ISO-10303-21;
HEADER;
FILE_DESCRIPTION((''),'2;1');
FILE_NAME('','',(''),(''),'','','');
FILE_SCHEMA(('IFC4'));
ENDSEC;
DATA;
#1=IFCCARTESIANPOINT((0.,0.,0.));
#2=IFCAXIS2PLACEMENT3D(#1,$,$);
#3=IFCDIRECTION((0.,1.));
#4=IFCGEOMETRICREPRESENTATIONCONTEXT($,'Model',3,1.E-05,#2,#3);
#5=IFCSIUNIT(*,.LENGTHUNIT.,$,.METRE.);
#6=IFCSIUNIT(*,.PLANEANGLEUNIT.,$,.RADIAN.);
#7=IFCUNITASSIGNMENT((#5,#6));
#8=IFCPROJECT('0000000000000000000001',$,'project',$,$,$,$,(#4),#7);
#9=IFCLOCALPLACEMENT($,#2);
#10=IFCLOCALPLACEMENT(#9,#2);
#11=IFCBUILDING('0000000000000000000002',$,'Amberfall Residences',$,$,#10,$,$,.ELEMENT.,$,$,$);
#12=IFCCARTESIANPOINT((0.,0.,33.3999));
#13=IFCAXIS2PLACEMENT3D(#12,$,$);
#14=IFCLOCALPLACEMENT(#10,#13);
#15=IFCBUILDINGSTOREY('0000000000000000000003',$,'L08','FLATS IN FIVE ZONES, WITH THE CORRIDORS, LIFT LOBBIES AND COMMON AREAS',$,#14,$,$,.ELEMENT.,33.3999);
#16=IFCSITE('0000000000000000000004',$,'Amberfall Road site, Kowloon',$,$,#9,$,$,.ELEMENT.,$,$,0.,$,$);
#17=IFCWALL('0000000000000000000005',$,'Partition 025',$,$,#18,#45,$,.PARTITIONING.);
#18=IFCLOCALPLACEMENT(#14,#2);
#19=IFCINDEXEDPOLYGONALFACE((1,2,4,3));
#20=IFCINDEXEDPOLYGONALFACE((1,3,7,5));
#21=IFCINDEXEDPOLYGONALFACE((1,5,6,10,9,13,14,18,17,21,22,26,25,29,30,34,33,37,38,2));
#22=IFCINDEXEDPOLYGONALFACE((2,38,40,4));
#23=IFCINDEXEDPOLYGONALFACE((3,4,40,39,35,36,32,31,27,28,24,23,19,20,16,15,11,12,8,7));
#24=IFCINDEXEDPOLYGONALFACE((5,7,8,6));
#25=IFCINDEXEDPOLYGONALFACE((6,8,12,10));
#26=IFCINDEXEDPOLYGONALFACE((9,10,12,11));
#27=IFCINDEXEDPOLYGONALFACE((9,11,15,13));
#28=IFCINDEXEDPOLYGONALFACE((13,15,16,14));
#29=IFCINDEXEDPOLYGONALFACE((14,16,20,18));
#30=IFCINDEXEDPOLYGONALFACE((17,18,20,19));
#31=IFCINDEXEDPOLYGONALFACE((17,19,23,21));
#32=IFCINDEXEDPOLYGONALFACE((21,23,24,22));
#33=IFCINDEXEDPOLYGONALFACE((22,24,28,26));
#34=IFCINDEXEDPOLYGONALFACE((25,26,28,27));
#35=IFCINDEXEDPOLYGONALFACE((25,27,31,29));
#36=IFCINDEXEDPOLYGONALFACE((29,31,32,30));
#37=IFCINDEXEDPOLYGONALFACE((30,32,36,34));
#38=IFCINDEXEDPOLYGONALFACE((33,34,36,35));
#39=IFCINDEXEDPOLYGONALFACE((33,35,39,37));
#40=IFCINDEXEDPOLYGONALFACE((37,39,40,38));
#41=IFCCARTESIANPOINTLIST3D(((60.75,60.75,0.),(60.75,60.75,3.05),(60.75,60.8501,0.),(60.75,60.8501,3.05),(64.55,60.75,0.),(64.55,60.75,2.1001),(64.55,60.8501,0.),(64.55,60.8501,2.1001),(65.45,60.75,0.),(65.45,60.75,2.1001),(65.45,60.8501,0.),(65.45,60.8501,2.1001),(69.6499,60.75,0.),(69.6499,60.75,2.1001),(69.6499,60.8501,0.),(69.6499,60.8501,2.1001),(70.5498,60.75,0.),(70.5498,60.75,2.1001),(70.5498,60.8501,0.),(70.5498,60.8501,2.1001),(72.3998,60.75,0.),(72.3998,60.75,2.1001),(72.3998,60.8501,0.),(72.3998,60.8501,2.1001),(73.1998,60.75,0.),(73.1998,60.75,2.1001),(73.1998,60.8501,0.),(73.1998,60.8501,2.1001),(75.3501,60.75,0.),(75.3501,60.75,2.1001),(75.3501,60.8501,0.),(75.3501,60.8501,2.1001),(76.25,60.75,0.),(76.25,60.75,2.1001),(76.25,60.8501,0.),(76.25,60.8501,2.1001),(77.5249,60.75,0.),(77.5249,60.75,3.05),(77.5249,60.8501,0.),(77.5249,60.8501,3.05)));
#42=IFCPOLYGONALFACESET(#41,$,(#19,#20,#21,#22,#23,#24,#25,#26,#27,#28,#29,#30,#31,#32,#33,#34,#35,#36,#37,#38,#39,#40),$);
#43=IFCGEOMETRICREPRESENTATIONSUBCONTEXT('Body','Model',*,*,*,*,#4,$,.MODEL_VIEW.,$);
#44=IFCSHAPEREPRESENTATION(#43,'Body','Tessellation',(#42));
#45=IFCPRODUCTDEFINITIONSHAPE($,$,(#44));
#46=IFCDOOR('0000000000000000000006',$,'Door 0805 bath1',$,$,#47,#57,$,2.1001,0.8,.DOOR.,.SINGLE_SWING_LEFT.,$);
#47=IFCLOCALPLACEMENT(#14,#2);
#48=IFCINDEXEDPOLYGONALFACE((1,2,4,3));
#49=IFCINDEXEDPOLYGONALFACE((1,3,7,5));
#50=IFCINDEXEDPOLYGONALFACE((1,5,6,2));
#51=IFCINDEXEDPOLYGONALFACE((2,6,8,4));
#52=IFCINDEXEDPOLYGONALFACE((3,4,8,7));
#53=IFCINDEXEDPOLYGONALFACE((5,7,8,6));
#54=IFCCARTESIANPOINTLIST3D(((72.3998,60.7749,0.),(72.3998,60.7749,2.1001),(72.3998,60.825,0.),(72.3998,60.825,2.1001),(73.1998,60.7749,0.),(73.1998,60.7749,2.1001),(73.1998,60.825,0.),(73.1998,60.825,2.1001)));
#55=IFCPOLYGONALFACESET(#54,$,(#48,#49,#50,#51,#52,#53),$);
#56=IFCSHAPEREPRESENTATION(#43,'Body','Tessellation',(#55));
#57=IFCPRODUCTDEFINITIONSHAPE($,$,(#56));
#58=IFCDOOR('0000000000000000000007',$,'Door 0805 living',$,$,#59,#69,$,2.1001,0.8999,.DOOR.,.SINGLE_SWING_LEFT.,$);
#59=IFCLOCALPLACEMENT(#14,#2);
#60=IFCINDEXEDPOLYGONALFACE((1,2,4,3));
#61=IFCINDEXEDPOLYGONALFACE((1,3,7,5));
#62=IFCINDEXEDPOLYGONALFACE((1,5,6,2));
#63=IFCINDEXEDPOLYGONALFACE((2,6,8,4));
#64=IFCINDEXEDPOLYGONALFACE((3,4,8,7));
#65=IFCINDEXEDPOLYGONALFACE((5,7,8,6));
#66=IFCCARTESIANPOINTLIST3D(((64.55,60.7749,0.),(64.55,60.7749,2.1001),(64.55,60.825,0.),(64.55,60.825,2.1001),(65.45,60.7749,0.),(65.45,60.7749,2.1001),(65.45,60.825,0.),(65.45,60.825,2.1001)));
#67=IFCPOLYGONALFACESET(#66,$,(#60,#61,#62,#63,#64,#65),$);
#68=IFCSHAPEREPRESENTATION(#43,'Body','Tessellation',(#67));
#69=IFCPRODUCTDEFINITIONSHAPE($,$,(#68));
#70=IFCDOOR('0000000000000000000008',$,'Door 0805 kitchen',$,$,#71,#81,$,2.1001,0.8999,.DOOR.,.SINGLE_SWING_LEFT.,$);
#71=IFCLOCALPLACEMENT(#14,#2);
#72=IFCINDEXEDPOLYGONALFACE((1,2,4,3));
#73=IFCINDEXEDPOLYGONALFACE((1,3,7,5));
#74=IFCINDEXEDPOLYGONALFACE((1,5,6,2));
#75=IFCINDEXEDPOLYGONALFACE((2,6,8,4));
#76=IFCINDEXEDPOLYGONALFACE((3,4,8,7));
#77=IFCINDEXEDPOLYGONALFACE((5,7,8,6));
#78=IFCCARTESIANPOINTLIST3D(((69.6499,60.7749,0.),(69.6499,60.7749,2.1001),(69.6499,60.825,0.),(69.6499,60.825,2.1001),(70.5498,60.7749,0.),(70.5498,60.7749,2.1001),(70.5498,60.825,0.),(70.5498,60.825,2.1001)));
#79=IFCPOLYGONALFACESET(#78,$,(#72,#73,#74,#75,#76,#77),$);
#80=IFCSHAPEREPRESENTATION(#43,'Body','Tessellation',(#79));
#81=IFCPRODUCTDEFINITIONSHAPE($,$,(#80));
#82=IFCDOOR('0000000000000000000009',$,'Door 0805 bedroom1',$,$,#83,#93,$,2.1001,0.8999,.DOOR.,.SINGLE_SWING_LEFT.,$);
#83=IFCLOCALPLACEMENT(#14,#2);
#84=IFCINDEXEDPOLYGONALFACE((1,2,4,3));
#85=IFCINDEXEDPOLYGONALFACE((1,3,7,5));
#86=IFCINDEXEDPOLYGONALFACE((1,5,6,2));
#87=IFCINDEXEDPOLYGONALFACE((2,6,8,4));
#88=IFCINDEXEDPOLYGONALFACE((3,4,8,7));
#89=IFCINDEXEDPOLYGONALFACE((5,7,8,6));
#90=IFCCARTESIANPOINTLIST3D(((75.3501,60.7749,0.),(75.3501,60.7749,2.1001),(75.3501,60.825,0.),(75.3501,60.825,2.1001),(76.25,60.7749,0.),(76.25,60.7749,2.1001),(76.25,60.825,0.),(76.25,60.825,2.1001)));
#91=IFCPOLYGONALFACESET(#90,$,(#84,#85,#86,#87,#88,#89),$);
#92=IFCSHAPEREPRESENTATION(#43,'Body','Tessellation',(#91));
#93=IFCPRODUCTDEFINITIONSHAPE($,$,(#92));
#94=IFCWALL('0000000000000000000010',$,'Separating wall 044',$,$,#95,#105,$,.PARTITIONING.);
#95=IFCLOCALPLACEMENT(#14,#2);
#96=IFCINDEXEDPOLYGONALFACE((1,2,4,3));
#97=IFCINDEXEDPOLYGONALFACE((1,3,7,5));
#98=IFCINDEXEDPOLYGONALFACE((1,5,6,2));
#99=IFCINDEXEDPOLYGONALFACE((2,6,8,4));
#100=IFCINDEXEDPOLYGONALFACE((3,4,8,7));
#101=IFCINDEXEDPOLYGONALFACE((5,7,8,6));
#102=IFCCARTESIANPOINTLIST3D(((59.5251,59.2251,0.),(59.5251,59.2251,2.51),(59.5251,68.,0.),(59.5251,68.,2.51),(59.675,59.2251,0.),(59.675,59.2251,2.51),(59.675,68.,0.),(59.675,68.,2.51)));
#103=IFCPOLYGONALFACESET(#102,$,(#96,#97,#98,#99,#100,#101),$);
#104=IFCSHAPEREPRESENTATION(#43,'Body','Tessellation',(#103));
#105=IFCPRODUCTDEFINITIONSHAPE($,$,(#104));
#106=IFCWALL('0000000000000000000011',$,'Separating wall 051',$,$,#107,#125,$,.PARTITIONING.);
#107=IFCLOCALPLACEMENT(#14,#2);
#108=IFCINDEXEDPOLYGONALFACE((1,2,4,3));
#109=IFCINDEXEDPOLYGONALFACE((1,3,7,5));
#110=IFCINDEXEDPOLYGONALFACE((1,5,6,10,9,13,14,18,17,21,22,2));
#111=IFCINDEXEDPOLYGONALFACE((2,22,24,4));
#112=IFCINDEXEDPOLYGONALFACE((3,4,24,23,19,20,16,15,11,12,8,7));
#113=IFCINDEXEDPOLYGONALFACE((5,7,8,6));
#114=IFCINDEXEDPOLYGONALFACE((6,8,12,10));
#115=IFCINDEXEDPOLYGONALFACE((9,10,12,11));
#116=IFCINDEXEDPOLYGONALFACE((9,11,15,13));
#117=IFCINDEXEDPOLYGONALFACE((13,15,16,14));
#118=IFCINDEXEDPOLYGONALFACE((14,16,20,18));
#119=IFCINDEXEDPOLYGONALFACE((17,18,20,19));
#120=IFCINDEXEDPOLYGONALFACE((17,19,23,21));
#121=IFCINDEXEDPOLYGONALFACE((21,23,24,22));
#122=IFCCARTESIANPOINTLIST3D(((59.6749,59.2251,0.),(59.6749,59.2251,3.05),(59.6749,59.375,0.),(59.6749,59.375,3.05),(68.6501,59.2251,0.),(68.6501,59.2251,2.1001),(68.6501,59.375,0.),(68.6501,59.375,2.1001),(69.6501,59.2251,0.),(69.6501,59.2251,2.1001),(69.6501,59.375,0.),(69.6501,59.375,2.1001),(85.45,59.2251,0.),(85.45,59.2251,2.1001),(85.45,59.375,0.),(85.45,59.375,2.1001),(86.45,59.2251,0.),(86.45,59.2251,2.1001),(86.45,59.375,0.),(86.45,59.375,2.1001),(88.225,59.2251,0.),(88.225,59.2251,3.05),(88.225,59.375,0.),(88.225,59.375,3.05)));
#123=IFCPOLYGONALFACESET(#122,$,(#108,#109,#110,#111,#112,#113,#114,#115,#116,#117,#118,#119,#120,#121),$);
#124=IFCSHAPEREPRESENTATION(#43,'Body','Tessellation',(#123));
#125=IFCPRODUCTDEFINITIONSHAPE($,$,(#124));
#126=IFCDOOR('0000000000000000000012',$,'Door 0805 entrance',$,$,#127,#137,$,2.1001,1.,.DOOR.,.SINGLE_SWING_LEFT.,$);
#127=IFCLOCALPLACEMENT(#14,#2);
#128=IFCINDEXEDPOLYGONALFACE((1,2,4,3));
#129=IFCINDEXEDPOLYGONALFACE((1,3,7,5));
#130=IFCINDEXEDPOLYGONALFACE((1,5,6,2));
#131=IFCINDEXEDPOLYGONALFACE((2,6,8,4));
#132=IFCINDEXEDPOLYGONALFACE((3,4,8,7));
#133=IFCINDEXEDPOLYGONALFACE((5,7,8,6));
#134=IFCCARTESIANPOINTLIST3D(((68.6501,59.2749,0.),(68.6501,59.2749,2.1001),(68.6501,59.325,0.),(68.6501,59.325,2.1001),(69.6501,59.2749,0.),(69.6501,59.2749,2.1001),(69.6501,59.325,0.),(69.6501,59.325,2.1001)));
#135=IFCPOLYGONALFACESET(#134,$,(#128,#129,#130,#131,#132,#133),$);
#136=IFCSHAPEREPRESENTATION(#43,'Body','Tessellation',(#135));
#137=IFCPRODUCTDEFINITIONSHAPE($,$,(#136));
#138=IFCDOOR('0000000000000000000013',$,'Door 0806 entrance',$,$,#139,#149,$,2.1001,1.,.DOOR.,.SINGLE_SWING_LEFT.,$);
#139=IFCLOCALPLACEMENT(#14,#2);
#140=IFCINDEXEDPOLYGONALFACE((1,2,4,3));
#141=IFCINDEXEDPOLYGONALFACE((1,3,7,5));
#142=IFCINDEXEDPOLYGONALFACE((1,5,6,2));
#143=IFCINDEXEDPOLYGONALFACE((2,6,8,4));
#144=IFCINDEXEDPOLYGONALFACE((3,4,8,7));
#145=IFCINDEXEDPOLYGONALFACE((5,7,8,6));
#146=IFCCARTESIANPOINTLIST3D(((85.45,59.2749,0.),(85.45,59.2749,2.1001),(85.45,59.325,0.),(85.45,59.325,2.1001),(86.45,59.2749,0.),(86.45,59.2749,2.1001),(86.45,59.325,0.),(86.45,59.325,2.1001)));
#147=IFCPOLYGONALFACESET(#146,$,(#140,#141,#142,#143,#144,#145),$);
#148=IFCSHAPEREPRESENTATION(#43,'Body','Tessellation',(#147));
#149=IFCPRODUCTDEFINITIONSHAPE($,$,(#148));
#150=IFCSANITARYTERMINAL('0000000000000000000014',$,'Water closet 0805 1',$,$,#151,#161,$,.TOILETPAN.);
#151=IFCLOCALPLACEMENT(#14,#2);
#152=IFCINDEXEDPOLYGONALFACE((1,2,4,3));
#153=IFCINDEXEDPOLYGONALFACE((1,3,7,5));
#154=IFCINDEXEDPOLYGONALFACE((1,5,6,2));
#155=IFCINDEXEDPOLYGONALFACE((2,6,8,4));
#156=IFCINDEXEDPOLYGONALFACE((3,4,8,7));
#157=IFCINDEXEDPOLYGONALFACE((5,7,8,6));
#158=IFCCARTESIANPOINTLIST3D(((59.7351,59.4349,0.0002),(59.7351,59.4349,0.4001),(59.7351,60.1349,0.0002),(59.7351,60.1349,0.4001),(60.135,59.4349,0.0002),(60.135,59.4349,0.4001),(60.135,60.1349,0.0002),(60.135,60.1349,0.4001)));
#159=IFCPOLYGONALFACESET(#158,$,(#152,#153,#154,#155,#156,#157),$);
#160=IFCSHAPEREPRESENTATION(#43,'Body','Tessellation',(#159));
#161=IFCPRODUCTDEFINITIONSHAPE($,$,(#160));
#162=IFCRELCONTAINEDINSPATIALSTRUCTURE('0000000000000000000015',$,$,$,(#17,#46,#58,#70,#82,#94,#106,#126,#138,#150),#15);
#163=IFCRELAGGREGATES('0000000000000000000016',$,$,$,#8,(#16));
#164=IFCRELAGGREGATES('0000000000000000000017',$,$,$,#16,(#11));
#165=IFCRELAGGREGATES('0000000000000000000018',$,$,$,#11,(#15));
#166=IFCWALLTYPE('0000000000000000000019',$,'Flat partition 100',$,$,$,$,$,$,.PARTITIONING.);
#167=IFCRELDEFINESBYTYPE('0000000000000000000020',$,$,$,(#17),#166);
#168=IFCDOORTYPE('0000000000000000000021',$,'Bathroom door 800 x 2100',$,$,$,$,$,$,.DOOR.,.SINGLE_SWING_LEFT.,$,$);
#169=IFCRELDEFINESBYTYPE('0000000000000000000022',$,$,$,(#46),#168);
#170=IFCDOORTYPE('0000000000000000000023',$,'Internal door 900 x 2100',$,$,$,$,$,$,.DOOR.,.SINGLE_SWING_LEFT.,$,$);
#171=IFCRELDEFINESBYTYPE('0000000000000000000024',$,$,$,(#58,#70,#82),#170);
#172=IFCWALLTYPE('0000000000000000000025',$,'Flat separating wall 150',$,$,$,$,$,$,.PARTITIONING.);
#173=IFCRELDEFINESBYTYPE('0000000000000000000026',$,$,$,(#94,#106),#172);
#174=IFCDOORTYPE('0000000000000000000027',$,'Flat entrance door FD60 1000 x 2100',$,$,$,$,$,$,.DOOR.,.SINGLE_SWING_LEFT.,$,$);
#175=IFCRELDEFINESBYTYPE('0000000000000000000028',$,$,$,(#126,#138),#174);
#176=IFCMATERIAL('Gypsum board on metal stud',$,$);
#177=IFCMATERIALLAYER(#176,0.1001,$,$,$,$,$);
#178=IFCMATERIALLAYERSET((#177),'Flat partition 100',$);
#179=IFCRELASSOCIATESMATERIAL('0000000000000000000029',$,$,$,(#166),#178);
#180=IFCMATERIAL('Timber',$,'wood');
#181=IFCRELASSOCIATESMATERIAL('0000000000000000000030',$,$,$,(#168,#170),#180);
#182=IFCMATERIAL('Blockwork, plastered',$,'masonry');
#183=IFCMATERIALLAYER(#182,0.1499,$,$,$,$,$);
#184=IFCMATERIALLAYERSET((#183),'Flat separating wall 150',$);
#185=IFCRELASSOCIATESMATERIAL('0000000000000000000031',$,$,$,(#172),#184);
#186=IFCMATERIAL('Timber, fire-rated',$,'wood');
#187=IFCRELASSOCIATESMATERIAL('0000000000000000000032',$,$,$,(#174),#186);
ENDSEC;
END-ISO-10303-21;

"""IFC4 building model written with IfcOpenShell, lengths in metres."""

from ifc_helpers import new_model, si_unit, direction, frame, frame_2d, origin, origin_2d, place, context, subcontext, project, spatial, rectangle, extrude, material, layer, layer_set, type_object, element, fill, save


model = new_model("IFC4")

# Units and contexts
model_context = context("Model", 3, precision=1e-05, world=origin(), true_north=direction((0.0, 1.0)))
body_context = subcontext(model_context, "Body", "Model", "MODEL_VIEW")
ifc_project = project(units=[si_unit("LENGTHUNIT", "METRE"), si_unit("PLANEANGLEUNIT", "RADIAN")], contexts=[model_context])

# Site, building, storey
site_placement = place(None, origin())
site = spatial("IfcSite", under=ifc_project, at=site_placement, Name="Amberfall Road site, Kowloon", CompositionType="ELEMENT", RefElevation=0.0)
building_placement = place(site_placement, origin())
building = spatial("IfcBuilding", under=site, at=building_placement, Name="Amberfall Residences", CompositionType="ELEMENT")
storey_placement = place(building_placement, frame((0.0, 0.0, 33.3999)))
storey = spatial("IfcBuildingStorey", under=building, at=storey_placement, Name="L08", Description="FLATS IN FIVE ZONES, WITH THE CORRIDORS, LIFT LOBBIES AND COMMON AREAS", CompositionType="ELEMENT", Elevation=33.3999)

# Shared definitions
ifc_material_1 = material(Name="Gypsum board on metal stud")
ifc_layer_1 = layer(ifc_material_1, 0.1001)
ifc_layer_set_1 = layer_set([ifc_layer_1], Name="Flat partition 100")
wall_type_1 = type_object("IfcWallType", Name="Flat partition 100", PredefinedType="PARTITIONING", material=ifc_layer_set_1)
ifc_material_2 = material(Name="Timber", Category="wood")
door_type_1 = type_object("IfcDoorType", Name="Bathroom door 800 x 2100", OperationType="SINGLE_SWING_LEFT", PredefinedType="DOOR", material=ifc_material_2)

# Wall, openings, doors
wall_1_placement = place(storey_placement, frame((60.75, 60.8, 0.0), z_axis=(0.0, 0.0, 1.0), x_axis=(1.0, 0.0, 0.0)))
wall_1 = element("IfcWall", 1, at=wall_1_placement, inside=storey, type_object=wall_type_1, Name="Partition 025", PredefinedType="PARTITIONING", context=body_context, shape_type="SweptSolid", body=[
    extrude(rectangle(XDim=16.7749, YDim=0.1001, at=frame_2d((8.3875, 0.0))), origin(), (0.0, 0.0, 1.0), 3.05),
])
opening_1_placement = place(wall_1_placement, frame((3.8, 0.0, 0.0)))
opening_1 = element("IfcOpeningElement", 2, at=opening_1_placement, cuts=wall_1, PredefinedType="OPENING", context=body_context, shape_type="SweptSolid", body=[
    extrude(rectangle(XDim=0.8999, YDim=2.1001, at=frame_2d((0.45, 1.05))), frame((0.0, 0.0601, 0.0), z_axis=(0.0, -1.0, 0.0), x_axis=(1.0, 0.0, 0.0)), (0.0, 0.0, 1.0), 0.1201),
])
opening_2_placement = place(wall_1_placement, frame((8.8999, 0.0, 0.0)))
opening_2 = element("IfcOpeningElement", 3, at=opening_2_placement, cuts=wall_1, PredefinedType="OPENING", context=body_context, shape_type="SweptSolid", body=[
    extrude(rectangle(XDim=0.8999, YDim=2.1001, at=frame_2d((0.45, 1.05))), frame((0.0, 0.0601, 0.0), z_axis=(0.0, -1.0, 0.0), x_axis=(1.0, 0.0, 0.0)), (0.0, 0.0, 1.0), 0.1201),
])
opening_3_placement = place(wall_1_placement, frame((14.6001, 0.0, 0.0)))
opening_3 = element("IfcOpeningElement", 4, at=opening_3_placement, cuts=wall_1, PredefinedType="OPENING", context=body_context, shape_type="SweptSolid", body=[
    extrude(rectangle(XDim=0.8999, YDim=2.1001, at=frame_2d((0.45, 1.05))), frame((0.0, 0.0601, 0.0), z_axis=(0.0, -1.0, 0.0), x_axis=(1.0, 0.0, 0.0)), (0.0, 0.0, 1.0), 0.1201),
])
opening_4_placement = place(wall_1_placement, frame((11.6499, 0.0, 0.0)))
opening_4 = element("IfcOpeningElement", 5, at=opening_4_placement, cuts=wall_1, PredefinedType="OPENING", context=body_context, shape_type="SweptSolid", body=[
    extrude(rectangle(XDim=0.8, YDim=2.1001, at=frame_2d((0.3999, 1.05))), frame((0.0, 0.0601, 0.0), z_axis=(0.0, -1.0, 0.0), x_axis=(1.0, 0.0, 0.0)), (0.0, 0.0, 1.0), 0.1201),
])
door_1_placement = place(opening_4_placement, origin())
door_1 = element("IfcDoor", 6, at=door_1_placement, inside=storey, type_object=door_type_1, Name="Door 0805 bath1", OperationType="SINGLE_SWING_LEFT", OverallHeight=2.1001, OverallWidth=0.8, PredefinedType="DOOR", context=body_context, shape_type="SweptSolid", body=[
    extrude(rectangle(XDim=0.8, YDim=2.1001, at=frame_2d((0.3999, 1.05))), frame((0.0, 0.0249, 0.0), z_axis=(0.0, -1.0, 0.0), x_axis=(1.0, 0.0, 0.0)), (0.0, 0.0, 1.0), 0.05),
])
fill(opening_4, door_1)
door_type_2 = type_object("IfcDoorType", Name="Internal door 900 x 2100", OperationType="SINGLE_SWING_LEFT", PredefinedType="DOOR", material=ifc_material_2)
door_2_placement = place(opening_1_placement, origin())
door_2 = element("IfcDoor", 7, at=door_2_placement, inside=storey, type_object=door_type_2, Name="Door 0805 living", OperationType="SINGLE_SWING_LEFT", OverallHeight=2.1001, OverallWidth=0.8999, PredefinedType="DOOR", context=body_context, shape_type="SweptSolid", body=[
    extrude(rectangle(XDim=0.8999, YDim=2.1001, at=frame_2d((0.45, 1.05))), frame((0.0, 0.0249, 0.0), z_axis=(0.0, -1.0, 0.0), x_axis=(1.0, 0.0, 0.0)), (0.0, 0.0, 1.0), 0.05),
])
fill(opening_1, door_2)
door_3_placement = place(opening_2_placement, origin())
door_3 = element("IfcDoor", 8, at=door_3_placement, inside=storey, type_object=door_type_2, Name="Door 0805 kitchen", OperationType="SINGLE_SWING_LEFT", OverallHeight=2.1001, OverallWidth=0.8999, PredefinedType="DOOR", context=body_context, shape_type="SweptSolid", body=[
    extrude(rectangle(XDim=0.8999, YDim=2.1001, at=frame_2d((0.45, 1.05))), frame((0.0, 0.0249, 0.0), z_axis=(0.0, -1.0, 0.0), x_axis=(1.0, 0.0, 0.0)), (0.0, 0.0, 1.0), 0.05),
])
fill(opening_2, door_3)
door_4_placement = place(opening_3_placement, origin())
door_4 = element("IfcDoor", 9, at=door_4_placement, inside=storey, type_object=door_type_2, Name="Door 0805 bedroom1", OperationType="SINGLE_SWING_LEFT", OverallHeight=2.1001, OverallWidth=0.8999, PredefinedType="DOOR", context=body_context, shape_type="SweptSolid", body=[
    extrude(rectangle(XDim=0.8999, YDim=2.1001, at=frame_2d((0.45, 1.05))), frame((0.0, 0.0249, 0.0), z_axis=(0.0, -1.0, 0.0), x_axis=(1.0, 0.0, 0.0)), (0.0, 0.0, 1.0), 0.05),
])
fill(opening_3, door_4)

# Wall
ifc_material_3 = material(Name="Blockwork, plastered", Category="masonry")
ifc_layer_2 = layer(ifc_material_3, 0.1499)
ifc_layer_set_2 = layer_set([ifc_layer_2], Name="Flat separating wall 150")
wall_type_2 = type_object("IfcWallType", Name="Flat separating wall 150", PredefinedType="PARTITIONING", material=ifc_layer_set_2)
wall_2_placement = place(storey_placement, frame((59.6001, 59.2251, 0.0), z_axis=(0.0, 0.0, 1.0), x_axis=(0.0, 1.0, 0.0)))
element("IfcWall", 10, at=wall_2_placement, inside=storey, type_object=wall_type_2, Name="Separating wall 044", PredefinedType="PARTITIONING", context=body_context, shape_type="SweptSolid", body=[
    extrude(rectangle(XDim=8.7749, YDim=0.1499, at=frame_2d((4.3875, 0.0))), origin(), (0.0, 0.0, 1.0), 2.51),
])

# Wall, openings, doors
wall_3_placement = place(storey_placement, frame((59.675, 59.3, 0.0), z_axis=(0.0, 0.0, 1.0), x_axis=(1.0, 0.0, 0.0)))
wall_3 = element("IfcWall", 11, at=wall_3_placement, inside=storey, type_object=wall_type_2, Name="Separating wall 051", PredefinedType="PARTITIONING", context=body_context, shape_type="SweptSolid", body=[
    extrude(rectangle(XDim=28.55, YDim=0.1499, at=frame_2d((14.2749, 0.0))), origin(), (0.0, 0.0, 1.0), 3.05),
])
opening_5_placement = place(wall_3_placement, frame((8.9751, 0.0, 0.0)))
opening_5 = element("IfcOpeningElement", 12, at=opening_5_placement, cuts=wall_3, PredefinedType="OPENING", context=body_context, shape_type="SweptSolid", body=[
    extrude(rectangle(XDim=1.0, YDim=2.1001, at=frame_2d((0.5, 1.05))), frame((0.0, 0.085, 0.0), z_axis=(0.0, -1.0, 0.0), x_axis=(1.0, 0.0, 0.0)), (0.0, 0.0, 1.0), 0.1699),
])
opening_6_placement = place(wall_3_placement, frame((25.7749, 0.0, 0.0)))
opening_6 = element("IfcOpeningElement", 13, at=opening_6_placement, cuts=wall_3, PredefinedType="OPENING", context=body_context, shape_type="SweptSolid", body=[
    extrude(rectangle(XDim=1.0, YDim=2.1001, at=frame_2d((0.5, 1.05))), frame((0.0, 0.085, 0.0), z_axis=(0.0, -1.0, 0.0), x_axis=(1.0, 0.0, 0.0)), (0.0, 0.0, 1.0), 0.1699),
])
ifc_material_4 = material(Name="Timber, fire-rated", Category="wood")
door_type_3 = type_object("IfcDoorType", Name="Flat entrance door FD60 1000 x 2100", OperationType="SINGLE_SWING_LEFT", PredefinedType="DOOR", material=ifc_material_4)
door_5_placement = place(opening_5_placement, origin())
door_5 = element("IfcDoor", 14, at=door_5_placement, inside=storey, type_object=door_type_3, Name="Door 0805 entrance", OperationType="SINGLE_SWING_LEFT", OverallHeight=2.1001, OverallWidth=1.0, PredefinedType="DOOR", context=body_context, shape_type="SweptSolid", body=[
    extrude(rectangle(XDim=1.0, YDim=2.1001, at=frame_2d((0.5, 1.05))), frame((0.0, 0.0249, 0.0), z_axis=(0.0, -1.0, 0.0), x_axis=(1.0, 0.0, 0.0)), (0.0, 0.0, 1.0), 0.05),
])
fill(opening_5, door_5)
door_6_placement = place(opening_6_placement, origin())
door_6 = element("IfcDoor", 15, at=door_6_placement, inside=storey, type_object=door_type_3, Name="Door 0806 entrance", OperationType="SINGLE_SWING_LEFT", OverallHeight=2.1001, OverallWidth=1.0, PredefinedType="DOOR", context=body_context, shape_type="SweptSolid", body=[
    extrude(rectangle(XDim=1.0, YDim=2.1001, at=frame_2d((0.5, 1.05))), frame((0.0, 0.0249, 0.0), z_axis=(0.0, -1.0, 0.0), x_axis=(1.0, 0.0, 0.0)), (0.0, 0.0, 1.0), 0.05),
])
fill(opening_6, door_6)

# Sanitary terminal
sanitary_terminal_placement = place(storey_placement, frame((59.9351, 59.7849, 0.0002), z_axis=(0.0, 0.0, 1.0), x_axis=(1.0, 0.0, 0.0)))
element("IfcSanitaryTerminal", 16, at=sanitary_terminal_placement, inside=storey, Name="Water closet 0805 1", PredefinedType="TOILETPAN", context=body_context, shape_type="SweptSolid", body=[
    extrude(rectangle(XDim=0.3999, YDim=0.7, at=origin_2d()), origin(), (0.0, 0.0, 1.0), 0.3999),
])

save(model, "model.ifc")
